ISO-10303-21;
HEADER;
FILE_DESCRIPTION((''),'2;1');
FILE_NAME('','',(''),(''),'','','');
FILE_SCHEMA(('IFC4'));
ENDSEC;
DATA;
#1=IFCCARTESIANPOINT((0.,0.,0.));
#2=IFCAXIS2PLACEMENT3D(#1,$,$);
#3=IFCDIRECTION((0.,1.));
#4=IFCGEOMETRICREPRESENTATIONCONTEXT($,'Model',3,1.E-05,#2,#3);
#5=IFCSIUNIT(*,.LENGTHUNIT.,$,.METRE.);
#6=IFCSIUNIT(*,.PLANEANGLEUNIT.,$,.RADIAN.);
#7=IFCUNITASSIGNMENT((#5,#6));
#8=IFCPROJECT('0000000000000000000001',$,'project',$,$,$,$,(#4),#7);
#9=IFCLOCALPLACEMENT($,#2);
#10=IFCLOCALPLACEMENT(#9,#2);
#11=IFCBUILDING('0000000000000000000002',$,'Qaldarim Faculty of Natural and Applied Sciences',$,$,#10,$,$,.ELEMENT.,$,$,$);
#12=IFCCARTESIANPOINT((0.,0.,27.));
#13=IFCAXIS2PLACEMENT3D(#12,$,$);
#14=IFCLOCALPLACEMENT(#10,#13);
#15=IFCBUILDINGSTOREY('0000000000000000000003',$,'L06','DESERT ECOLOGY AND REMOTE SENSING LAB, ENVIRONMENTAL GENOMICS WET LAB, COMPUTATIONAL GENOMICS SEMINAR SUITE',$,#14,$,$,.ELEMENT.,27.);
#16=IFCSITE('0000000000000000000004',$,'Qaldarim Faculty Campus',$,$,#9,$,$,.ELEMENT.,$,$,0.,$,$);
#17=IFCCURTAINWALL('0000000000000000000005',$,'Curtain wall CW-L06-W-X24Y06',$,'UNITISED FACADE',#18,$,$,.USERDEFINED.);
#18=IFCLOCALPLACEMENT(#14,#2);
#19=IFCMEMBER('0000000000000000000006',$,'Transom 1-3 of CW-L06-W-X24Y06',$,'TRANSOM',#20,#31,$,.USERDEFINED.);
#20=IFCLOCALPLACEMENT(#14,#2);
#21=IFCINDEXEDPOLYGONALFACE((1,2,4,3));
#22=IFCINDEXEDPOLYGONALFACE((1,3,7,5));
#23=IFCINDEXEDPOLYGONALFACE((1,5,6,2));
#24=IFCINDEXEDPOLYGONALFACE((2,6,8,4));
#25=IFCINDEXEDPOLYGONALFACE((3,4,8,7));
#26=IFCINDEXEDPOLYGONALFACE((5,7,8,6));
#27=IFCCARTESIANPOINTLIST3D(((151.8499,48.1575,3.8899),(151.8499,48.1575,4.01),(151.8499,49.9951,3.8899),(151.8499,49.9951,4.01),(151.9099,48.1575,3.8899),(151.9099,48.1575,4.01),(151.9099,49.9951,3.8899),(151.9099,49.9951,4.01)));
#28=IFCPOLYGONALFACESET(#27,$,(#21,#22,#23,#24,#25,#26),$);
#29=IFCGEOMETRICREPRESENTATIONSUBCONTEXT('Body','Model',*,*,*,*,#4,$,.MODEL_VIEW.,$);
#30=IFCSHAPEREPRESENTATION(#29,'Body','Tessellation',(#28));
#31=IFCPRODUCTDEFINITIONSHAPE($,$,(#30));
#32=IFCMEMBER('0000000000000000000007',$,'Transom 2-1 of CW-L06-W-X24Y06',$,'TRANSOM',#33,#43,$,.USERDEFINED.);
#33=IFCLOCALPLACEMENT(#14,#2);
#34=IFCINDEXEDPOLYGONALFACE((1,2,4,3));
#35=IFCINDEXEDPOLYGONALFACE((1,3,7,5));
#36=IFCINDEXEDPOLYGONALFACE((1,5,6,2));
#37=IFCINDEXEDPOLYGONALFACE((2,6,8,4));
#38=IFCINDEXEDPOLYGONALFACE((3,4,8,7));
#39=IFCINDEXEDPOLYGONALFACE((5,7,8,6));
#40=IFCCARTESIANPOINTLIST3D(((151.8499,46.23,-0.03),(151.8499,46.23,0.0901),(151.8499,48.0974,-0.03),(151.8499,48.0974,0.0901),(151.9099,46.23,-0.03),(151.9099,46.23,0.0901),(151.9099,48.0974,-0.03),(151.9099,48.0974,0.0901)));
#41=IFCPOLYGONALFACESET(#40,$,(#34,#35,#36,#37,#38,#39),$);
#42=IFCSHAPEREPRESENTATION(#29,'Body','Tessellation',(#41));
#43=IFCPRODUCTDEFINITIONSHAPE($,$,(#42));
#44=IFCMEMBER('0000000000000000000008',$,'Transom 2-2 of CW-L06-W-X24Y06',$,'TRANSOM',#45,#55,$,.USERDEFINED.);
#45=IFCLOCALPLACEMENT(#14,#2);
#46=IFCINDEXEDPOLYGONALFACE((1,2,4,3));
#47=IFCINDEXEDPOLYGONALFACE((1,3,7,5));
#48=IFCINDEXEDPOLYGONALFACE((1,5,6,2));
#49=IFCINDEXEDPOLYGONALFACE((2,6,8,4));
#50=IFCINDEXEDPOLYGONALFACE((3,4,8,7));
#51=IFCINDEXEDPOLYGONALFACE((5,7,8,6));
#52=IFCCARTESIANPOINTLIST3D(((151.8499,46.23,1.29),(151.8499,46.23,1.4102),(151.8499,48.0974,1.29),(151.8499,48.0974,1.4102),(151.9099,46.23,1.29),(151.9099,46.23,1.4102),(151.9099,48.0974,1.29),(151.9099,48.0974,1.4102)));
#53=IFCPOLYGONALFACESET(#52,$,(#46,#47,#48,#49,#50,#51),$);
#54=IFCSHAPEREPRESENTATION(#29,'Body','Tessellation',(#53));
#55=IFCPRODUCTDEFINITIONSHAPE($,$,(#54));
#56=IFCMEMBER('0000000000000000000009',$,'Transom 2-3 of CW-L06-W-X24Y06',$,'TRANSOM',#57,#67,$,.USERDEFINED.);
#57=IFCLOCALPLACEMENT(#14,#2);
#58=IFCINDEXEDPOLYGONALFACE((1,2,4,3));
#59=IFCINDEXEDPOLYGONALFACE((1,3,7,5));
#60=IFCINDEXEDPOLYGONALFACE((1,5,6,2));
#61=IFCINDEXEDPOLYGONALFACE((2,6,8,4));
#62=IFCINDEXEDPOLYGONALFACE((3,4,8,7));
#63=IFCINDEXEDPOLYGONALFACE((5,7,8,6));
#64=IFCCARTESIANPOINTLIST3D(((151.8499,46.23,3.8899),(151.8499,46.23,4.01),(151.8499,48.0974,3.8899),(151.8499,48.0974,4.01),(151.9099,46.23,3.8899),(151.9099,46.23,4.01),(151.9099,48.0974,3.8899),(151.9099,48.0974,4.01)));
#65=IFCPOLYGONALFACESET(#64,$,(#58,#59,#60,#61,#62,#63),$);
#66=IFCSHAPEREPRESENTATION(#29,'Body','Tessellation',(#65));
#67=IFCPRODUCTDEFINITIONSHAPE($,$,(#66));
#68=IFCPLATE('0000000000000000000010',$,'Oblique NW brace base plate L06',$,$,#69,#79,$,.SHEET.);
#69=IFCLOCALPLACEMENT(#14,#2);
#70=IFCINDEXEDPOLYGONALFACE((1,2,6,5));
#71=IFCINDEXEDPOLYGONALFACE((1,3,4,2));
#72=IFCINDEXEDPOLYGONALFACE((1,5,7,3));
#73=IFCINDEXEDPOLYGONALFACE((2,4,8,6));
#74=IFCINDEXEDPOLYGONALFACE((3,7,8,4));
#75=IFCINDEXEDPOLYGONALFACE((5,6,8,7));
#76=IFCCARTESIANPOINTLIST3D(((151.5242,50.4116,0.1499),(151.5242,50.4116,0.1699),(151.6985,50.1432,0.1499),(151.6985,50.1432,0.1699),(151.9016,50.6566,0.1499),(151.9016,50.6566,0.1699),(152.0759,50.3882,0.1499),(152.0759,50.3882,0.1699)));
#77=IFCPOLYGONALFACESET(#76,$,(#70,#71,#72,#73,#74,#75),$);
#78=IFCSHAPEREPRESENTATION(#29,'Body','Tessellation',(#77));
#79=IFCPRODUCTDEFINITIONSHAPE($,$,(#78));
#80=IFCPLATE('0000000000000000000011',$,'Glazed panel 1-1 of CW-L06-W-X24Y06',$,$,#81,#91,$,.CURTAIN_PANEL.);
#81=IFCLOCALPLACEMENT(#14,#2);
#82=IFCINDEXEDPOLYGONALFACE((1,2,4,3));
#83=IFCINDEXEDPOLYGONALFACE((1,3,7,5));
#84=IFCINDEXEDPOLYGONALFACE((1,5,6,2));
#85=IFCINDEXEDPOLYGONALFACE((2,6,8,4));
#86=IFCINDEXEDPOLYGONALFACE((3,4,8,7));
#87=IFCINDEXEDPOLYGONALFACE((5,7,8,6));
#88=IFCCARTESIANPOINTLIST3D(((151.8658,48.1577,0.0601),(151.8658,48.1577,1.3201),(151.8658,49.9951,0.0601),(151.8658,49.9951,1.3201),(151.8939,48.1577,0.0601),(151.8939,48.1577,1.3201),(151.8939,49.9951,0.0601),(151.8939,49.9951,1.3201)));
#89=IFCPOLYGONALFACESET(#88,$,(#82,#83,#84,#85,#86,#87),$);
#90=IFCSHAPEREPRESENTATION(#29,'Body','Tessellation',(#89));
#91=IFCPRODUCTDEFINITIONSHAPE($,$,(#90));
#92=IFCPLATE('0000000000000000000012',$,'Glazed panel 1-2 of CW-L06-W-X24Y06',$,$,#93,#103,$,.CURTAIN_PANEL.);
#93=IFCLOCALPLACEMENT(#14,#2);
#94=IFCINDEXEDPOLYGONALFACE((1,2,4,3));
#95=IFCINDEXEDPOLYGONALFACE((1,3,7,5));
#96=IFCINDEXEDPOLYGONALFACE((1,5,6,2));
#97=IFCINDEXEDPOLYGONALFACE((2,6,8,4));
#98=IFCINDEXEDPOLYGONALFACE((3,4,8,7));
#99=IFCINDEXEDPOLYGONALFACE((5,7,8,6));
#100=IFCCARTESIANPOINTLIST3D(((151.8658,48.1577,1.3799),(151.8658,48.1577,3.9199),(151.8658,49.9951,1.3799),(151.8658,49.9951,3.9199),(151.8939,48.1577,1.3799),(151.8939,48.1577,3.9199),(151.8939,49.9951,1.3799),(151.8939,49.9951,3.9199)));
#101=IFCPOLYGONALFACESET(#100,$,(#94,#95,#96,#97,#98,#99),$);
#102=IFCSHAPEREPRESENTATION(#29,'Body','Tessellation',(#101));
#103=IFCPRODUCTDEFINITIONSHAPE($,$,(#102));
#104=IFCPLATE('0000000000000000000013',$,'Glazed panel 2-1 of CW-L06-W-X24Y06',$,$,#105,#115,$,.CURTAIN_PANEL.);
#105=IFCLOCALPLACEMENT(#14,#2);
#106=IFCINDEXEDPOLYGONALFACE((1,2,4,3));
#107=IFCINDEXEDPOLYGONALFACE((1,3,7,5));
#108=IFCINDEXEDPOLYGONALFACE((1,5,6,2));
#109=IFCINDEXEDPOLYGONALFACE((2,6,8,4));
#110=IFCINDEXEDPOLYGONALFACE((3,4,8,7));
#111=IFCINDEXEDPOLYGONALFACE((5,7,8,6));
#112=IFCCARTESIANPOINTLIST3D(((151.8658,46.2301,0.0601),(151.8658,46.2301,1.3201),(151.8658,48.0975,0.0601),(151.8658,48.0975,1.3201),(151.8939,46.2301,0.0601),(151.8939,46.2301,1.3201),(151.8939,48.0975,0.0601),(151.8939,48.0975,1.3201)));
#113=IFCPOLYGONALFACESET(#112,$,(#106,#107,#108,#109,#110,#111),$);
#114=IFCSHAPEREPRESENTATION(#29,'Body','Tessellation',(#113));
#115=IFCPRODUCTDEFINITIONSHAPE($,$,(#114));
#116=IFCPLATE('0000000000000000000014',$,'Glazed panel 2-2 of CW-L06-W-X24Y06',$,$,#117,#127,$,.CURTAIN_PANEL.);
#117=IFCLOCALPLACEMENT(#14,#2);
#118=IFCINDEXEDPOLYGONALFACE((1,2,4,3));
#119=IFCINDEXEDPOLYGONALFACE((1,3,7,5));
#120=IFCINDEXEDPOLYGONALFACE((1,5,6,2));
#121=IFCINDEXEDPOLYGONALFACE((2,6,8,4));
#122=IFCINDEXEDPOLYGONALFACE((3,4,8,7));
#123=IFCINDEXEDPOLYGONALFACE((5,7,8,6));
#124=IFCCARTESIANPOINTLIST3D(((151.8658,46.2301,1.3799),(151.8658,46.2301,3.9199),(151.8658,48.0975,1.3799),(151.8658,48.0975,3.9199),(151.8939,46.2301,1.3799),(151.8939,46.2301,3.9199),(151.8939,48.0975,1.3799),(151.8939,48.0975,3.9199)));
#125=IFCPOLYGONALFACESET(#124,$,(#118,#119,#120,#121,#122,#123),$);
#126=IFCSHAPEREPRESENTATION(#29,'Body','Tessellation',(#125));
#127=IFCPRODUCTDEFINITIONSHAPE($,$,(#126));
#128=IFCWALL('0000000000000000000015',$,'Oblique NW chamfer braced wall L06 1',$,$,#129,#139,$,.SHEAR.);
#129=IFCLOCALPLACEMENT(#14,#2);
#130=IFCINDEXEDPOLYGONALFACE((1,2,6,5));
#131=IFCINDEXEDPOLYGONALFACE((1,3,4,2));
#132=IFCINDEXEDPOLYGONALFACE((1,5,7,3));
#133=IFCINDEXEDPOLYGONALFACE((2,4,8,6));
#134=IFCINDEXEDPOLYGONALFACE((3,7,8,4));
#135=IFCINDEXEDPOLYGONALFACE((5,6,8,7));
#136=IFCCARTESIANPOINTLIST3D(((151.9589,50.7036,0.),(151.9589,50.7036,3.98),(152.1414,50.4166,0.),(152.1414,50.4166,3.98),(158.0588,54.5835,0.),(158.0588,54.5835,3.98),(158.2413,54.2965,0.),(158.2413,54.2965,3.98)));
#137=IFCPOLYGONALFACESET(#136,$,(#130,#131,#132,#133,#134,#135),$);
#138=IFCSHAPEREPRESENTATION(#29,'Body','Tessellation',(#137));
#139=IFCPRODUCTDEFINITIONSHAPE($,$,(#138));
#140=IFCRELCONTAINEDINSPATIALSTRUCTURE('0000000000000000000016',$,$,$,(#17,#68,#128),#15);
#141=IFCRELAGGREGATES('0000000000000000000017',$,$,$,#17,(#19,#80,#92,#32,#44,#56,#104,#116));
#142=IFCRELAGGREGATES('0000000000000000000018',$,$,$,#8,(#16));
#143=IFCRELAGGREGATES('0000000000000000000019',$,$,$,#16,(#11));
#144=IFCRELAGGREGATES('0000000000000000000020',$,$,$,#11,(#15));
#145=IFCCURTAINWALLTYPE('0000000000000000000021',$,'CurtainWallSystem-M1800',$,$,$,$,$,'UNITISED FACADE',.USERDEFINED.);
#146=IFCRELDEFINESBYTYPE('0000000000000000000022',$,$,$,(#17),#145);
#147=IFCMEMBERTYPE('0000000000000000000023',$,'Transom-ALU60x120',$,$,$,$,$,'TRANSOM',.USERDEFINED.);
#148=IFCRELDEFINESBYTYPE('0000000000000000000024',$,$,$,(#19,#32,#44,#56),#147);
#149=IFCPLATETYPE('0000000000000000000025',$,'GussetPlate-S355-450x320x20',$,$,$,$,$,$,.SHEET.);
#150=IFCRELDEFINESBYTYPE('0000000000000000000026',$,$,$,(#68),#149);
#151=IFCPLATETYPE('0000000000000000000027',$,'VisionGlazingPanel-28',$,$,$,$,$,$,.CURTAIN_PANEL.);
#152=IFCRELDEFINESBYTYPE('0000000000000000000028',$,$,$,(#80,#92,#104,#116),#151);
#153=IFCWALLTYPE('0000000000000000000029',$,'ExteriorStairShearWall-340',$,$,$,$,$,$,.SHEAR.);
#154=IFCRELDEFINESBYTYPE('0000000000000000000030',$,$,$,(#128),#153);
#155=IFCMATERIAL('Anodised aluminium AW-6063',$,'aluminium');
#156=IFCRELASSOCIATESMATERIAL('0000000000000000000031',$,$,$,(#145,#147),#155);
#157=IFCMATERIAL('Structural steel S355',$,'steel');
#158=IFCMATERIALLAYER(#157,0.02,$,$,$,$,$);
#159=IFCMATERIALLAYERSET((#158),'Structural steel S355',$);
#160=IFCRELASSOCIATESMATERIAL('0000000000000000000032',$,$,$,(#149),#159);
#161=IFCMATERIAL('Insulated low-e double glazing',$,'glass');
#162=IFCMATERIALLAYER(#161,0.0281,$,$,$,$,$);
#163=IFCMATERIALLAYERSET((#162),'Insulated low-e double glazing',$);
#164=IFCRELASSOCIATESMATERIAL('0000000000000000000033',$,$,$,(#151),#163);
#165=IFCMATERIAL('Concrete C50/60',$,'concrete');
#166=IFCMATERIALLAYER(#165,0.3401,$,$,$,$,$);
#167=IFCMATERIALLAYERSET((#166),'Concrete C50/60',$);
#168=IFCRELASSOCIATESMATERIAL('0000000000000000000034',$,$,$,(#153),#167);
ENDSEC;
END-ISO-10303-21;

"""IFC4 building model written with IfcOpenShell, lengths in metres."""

from ifc_helpers import new_model, si_unit, direction, frame, frame_2d, origin, origin_2d, place, context, subcontext, project, spatial, rectangle, extrude, material, layer, layer_set, material_profile, profile_set, type_object, element, aggregate, save


model = new_model("IFC4")

# Units and contexts
model_context = context("Model", 3, precision=1e-05, world=origin(), true_north=direction((0.0, 1.0)))
body_context = subcontext(model_context, "Body", "Model", "MODEL_VIEW")
ifc_project = project(units=[si_unit("LENGTHUNIT", "METRE"), si_unit("PLANEANGLEUNIT", "RADIAN")], contexts=[model_context])

# Site, building, storey
site_placement = place(None, origin())
site = spatial("IfcSite", under=ifc_project, at=site_placement, Name="Qaldarim Faculty Campus", CompositionType="ELEMENT", RefElevation=0.0)
building_placement = place(site_placement, origin())
building = spatial("IfcBuilding", under=site, at=building_placement, Name="Qaldarim Faculty of Natural and Applied Sciences", CompositionType="ELEMENT")
storey_placement = place(building_placement, frame((0.0, 0.0, 27.0)))
storey = spatial("IfcBuildingStorey", under=building, at=storey_placement, Name="L06", Description="DESERT ECOLOGY AND REMOTE SENSING LAB, ENVIRONMENTAL GENOMICS WET LAB, COMPUTATIONAL GENOMICS SEMINAR SUITE", CompositionType="ELEMENT", Elevation=27.0)

# Shared definitions
ifc_material_1 = material(Name="Concrete C50/60", Category="concrete")

# Curtain wall
ifc_material_2 = material(Name="Anodised aluminium AW-6063", Category="aluminium")
curtain_wall_type = type_object("IfcCurtainWallType", Name="CurtainWallSystem-M1800", ElementType="UNITISED FACADE", PredefinedType="USERDEFINED", material=ifc_material_2)
curtain_wall_placement = place(storey_placement, origin())
curtain_wall = element("IfcCurtainWall", 1, at=curtain_wall_placement, inside=storey, type_object=curtain_wall_type, Name="Curtain wall CW-L06-W-X24Y06", ObjectType="UNITISED FACADE", PredefinedType="USERDEFINED")

# Shared definitions
ifc_material_3 = material(Name="Structural steel S355", Category="steel")

# Members
ifc_material_profile_1 = material_profile(ifc_material_2, rectangle(XDim=0.0601, YDim=0.1201, at=origin_2d()), Name="ALU-T60x120")
ifc_profile_set_1 = profile_set([ifc_material_profile_1], Name="Anodised aluminium AW-6063")
member_type_1 = type_object("IfcMemberType", Name="Transom-ALU60x120", ElementType="TRANSOM", PredefinedType="USERDEFINED", material=ifc_profile_set_1)
member_1_placement = place(storey_placement, frame((151.8799, 49.9951, 3.95), z_axis=(0.0, -1.0, 0.0), x_axis=(1.0, 0.0, 0.0)))
member_1 = element("IfcMember", 2, at=member_1_placement, type_object=member_type_1, Name="Transom 1-3 of CW-L06-W-X24Y06", ObjectType="TRANSOM", PredefinedType="USERDEFINED", context=body_context, shape_type="SweptSolid", body=[
    extrude(rectangle(XDim=0.0601, YDim=0.1201, at=origin_2d()), origin(), (0.0, 0.0, 1.0), 1.8376),
])
member_2_placement = place(storey_placement, frame((151.8799, 48.0974, 0.03), z_axis=(0.0, -1.0, 0.0), x_axis=(1.0, 0.0, 0.0)))
member_2 = element("IfcMember", 3, at=member_2_placement, type_object=member_type_1, Name="Transom 2-1 of CW-L06-W-X24Y06", ObjectType="TRANSOM", PredefinedType="USERDEFINED", context=body_context, shape_type="SweptSolid", body=[
    extrude(rectangle(XDim=0.0601, YDim=0.1201, at=origin_2d()), origin(), (0.0, 0.0, 1.0), 1.8674),
])
member_3_placement = place(storey_placement, frame((151.8799, 48.0974, 1.3501), z_axis=(0.0, -1.0, 0.0), x_axis=(1.0, 0.0, 0.0)))
member_3 = element("IfcMember", 4, at=member_3_placement, type_object=member_type_1, Name="Transom 2-2 of CW-L06-W-X24Y06", ObjectType="TRANSOM", PredefinedType="USERDEFINED", context=body_context, shape_type="SweptSolid", body=[
    extrude(rectangle(XDim=0.0601, YDim=0.1201, at=origin_2d()), origin(), (0.0, 0.0, 1.0), 1.8674),
])
member_4_placement = place(storey_placement, frame((151.8799, 48.0974, 3.95), z_axis=(0.0, -1.0, 0.0), x_axis=(1.0, 0.0, 0.0)))
member_4 = element("IfcMember", 5, at=member_4_placement, type_object=member_type_1, Name="Transom 2-3 of CW-L06-W-X24Y06", ObjectType="TRANSOM", PredefinedType="USERDEFINED", context=body_context, shape_type="SweptSolid", body=[
    extrude(rectangle(XDim=0.0601, YDim=0.1201, at=origin_2d()), origin(), (0.0, 0.0, 1.0), 1.8674),
])

# Plates
ifc_layer_1 = layer(ifc_material_3, 0.02)
ifc_layer_set_1 = layer_set([ifc_layer_1], Name="Structural steel S355")
plate_type_1 = type_object("IfcPlateType", Name="GussetPlate-S355-450x320x20", PredefinedType="SHEET", material=ifc_layer_set_1)
plate_1_placement = place(storey_placement, frame((151.8, 50.3999, 0.1499), z_axis=(0.0, 0.0, 1.0), x_axis=(0.838671, 0.544639, 0.0)))
element("IfcPlate", 6, at=plate_1_placement, inside=storey, type_object=plate_type_1, Name="Oblique NW brace base plate L06", PredefinedType="SHEET", context=body_context, shape_type="SweptSolid", body=[
    extrude(rectangle(XDim=0.45, YDim=0.3201, at=origin_2d()), origin(), (0.0, 0.0, 1.0), 0.02),
])
ifc_material_4 = material(Name="Insulated low-e double glazing", Category="glass")
ifc_layer_2 = layer(ifc_material_4, 0.0281)
ifc_layer_set_2 = layer_set([ifc_layer_2], Name="Insulated low-e double glazing")
plate_type_2 = type_object("IfcPlateType", Name="VisionGlazingPanel-28", PredefinedType="CURTAIN_PANEL", material=ifc_layer_set_2)
plate_2_placement = place(storey_placement, frame((151.8799, 49.0764, 0.0601), z_axis=(0.0, 0.0, 1.0), x_axis=(0.0, -1.0, 0.0)))
plate_2 = element("IfcPlate", 7, at=plate_2_placement, type_object=plate_type_2, Name="Glazed panel 1-1 of CW-L06-W-X24Y06", PredefinedType="CURTAIN_PANEL", context=body_context, shape_type="SweptSolid", body=[
    extrude(rectangle(XDim=1.8374, YDim=0.0281, at=origin_2d()), origin(), (0.0, 0.0, 1.0), 1.26),
])
plate_3_placement = place(storey_placement, frame((151.8799, 49.0764, 1.3799), z_axis=(0.0, 0.0, 1.0), x_axis=(0.0, -1.0, 0.0)))
plate_3 = element("IfcPlate", 8, at=plate_3_placement, type_object=plate_type_2, Name="Glazed panel 1-2 of CW-L06-W-X24Y06", PredefinedType="CURTAIN_PANEL", context=body_context, shape_type="SweptSolid", body=[
    extrude(rectangle(XDim=1.8374, YDim=0.0281, at=origin_2d()), origin(), (0.0, 0.0, 1.0), 2.54),
])
plate_4_placement = place(storey_placement, frame((151.8799, 47.1638, 0.0601), z_axis=(0.0, 0.0, 1.0), x_axis=(0.0, -1.0, 0.0)))
plate_4 = element("IfcPlate", 9, at=plate_4_placement, type_object=plate_type_2, Name="Glazed panel 2-1 of CW-L06-W-X24Y06", PredefinedType="CURTAIN_PANEL", context=body_context, shape_type="SweptSolid", body=[
    extrude(rectangle(XDim=1.8674, YDim=0.0281, at=origin_2d()), origin(), (0.0, 0.0, 1.0), 1.26),
])
plate_5_placement = place(storey_placement, frame((151.8799, 47.1638, 1.3799), z_axis=(0.0, 0.0, 1.0), x_axis=(0.0, -1.0, 0.0)))
plate_5 = element("IfcPlate", 10, at=plate_5_placement, type_object=plate_type_2, Name="Glazed panel 2-2 of CW-L06-W-X24Y06", PredefinedType="CURTAIN_PANEL", context=body_context, shape_type="SweptSolid", body=[
    extrude(rectangle(XDim=1.8674, YDim=0.0281, at=origin_2d()), origin(), (0.0, 0.0, 1.0), 2.54),
])
aggregate(curtain_wall, [member_1, plate_2, plate_3, member_2, member_3, member_4, plate_4, plate_5])

# Wall
ifc_layer_3 = layer(ifc_material_1, 0.3401)
ifc_layer_set_3 = layer_set([ifc_layer_3], Name="Concrete C50/60")
wall_type = type_object("IfcWallType", Name="ExteriorStairShearWall-340", PredefinedType="SHEAR", material=ifc_layer_set_3)
wall_placement = place(storey_placement, frame((152.05, 50.5601, 0.0), z_axis=(0.0, 0.0, 1.0), x_axis=(0.843777, 0.536694, 0.0)))
element("IfcWall", 11, at=wall_placement, inside=storey, type_object=wall_type, Name="Oblique NW chamfer braced wall L06 1", PredefinedType="SHEAR", context=body_context, shape_type="SweptSolid", body=[
    extrude(rectangle(XDim=7.2292, YDim=0.3401, at=frame_2d((3.6147, 0.0))), origin(), (0.0, 0.0, 1.0), 3.98),
])

save(model, "model.ifc")
